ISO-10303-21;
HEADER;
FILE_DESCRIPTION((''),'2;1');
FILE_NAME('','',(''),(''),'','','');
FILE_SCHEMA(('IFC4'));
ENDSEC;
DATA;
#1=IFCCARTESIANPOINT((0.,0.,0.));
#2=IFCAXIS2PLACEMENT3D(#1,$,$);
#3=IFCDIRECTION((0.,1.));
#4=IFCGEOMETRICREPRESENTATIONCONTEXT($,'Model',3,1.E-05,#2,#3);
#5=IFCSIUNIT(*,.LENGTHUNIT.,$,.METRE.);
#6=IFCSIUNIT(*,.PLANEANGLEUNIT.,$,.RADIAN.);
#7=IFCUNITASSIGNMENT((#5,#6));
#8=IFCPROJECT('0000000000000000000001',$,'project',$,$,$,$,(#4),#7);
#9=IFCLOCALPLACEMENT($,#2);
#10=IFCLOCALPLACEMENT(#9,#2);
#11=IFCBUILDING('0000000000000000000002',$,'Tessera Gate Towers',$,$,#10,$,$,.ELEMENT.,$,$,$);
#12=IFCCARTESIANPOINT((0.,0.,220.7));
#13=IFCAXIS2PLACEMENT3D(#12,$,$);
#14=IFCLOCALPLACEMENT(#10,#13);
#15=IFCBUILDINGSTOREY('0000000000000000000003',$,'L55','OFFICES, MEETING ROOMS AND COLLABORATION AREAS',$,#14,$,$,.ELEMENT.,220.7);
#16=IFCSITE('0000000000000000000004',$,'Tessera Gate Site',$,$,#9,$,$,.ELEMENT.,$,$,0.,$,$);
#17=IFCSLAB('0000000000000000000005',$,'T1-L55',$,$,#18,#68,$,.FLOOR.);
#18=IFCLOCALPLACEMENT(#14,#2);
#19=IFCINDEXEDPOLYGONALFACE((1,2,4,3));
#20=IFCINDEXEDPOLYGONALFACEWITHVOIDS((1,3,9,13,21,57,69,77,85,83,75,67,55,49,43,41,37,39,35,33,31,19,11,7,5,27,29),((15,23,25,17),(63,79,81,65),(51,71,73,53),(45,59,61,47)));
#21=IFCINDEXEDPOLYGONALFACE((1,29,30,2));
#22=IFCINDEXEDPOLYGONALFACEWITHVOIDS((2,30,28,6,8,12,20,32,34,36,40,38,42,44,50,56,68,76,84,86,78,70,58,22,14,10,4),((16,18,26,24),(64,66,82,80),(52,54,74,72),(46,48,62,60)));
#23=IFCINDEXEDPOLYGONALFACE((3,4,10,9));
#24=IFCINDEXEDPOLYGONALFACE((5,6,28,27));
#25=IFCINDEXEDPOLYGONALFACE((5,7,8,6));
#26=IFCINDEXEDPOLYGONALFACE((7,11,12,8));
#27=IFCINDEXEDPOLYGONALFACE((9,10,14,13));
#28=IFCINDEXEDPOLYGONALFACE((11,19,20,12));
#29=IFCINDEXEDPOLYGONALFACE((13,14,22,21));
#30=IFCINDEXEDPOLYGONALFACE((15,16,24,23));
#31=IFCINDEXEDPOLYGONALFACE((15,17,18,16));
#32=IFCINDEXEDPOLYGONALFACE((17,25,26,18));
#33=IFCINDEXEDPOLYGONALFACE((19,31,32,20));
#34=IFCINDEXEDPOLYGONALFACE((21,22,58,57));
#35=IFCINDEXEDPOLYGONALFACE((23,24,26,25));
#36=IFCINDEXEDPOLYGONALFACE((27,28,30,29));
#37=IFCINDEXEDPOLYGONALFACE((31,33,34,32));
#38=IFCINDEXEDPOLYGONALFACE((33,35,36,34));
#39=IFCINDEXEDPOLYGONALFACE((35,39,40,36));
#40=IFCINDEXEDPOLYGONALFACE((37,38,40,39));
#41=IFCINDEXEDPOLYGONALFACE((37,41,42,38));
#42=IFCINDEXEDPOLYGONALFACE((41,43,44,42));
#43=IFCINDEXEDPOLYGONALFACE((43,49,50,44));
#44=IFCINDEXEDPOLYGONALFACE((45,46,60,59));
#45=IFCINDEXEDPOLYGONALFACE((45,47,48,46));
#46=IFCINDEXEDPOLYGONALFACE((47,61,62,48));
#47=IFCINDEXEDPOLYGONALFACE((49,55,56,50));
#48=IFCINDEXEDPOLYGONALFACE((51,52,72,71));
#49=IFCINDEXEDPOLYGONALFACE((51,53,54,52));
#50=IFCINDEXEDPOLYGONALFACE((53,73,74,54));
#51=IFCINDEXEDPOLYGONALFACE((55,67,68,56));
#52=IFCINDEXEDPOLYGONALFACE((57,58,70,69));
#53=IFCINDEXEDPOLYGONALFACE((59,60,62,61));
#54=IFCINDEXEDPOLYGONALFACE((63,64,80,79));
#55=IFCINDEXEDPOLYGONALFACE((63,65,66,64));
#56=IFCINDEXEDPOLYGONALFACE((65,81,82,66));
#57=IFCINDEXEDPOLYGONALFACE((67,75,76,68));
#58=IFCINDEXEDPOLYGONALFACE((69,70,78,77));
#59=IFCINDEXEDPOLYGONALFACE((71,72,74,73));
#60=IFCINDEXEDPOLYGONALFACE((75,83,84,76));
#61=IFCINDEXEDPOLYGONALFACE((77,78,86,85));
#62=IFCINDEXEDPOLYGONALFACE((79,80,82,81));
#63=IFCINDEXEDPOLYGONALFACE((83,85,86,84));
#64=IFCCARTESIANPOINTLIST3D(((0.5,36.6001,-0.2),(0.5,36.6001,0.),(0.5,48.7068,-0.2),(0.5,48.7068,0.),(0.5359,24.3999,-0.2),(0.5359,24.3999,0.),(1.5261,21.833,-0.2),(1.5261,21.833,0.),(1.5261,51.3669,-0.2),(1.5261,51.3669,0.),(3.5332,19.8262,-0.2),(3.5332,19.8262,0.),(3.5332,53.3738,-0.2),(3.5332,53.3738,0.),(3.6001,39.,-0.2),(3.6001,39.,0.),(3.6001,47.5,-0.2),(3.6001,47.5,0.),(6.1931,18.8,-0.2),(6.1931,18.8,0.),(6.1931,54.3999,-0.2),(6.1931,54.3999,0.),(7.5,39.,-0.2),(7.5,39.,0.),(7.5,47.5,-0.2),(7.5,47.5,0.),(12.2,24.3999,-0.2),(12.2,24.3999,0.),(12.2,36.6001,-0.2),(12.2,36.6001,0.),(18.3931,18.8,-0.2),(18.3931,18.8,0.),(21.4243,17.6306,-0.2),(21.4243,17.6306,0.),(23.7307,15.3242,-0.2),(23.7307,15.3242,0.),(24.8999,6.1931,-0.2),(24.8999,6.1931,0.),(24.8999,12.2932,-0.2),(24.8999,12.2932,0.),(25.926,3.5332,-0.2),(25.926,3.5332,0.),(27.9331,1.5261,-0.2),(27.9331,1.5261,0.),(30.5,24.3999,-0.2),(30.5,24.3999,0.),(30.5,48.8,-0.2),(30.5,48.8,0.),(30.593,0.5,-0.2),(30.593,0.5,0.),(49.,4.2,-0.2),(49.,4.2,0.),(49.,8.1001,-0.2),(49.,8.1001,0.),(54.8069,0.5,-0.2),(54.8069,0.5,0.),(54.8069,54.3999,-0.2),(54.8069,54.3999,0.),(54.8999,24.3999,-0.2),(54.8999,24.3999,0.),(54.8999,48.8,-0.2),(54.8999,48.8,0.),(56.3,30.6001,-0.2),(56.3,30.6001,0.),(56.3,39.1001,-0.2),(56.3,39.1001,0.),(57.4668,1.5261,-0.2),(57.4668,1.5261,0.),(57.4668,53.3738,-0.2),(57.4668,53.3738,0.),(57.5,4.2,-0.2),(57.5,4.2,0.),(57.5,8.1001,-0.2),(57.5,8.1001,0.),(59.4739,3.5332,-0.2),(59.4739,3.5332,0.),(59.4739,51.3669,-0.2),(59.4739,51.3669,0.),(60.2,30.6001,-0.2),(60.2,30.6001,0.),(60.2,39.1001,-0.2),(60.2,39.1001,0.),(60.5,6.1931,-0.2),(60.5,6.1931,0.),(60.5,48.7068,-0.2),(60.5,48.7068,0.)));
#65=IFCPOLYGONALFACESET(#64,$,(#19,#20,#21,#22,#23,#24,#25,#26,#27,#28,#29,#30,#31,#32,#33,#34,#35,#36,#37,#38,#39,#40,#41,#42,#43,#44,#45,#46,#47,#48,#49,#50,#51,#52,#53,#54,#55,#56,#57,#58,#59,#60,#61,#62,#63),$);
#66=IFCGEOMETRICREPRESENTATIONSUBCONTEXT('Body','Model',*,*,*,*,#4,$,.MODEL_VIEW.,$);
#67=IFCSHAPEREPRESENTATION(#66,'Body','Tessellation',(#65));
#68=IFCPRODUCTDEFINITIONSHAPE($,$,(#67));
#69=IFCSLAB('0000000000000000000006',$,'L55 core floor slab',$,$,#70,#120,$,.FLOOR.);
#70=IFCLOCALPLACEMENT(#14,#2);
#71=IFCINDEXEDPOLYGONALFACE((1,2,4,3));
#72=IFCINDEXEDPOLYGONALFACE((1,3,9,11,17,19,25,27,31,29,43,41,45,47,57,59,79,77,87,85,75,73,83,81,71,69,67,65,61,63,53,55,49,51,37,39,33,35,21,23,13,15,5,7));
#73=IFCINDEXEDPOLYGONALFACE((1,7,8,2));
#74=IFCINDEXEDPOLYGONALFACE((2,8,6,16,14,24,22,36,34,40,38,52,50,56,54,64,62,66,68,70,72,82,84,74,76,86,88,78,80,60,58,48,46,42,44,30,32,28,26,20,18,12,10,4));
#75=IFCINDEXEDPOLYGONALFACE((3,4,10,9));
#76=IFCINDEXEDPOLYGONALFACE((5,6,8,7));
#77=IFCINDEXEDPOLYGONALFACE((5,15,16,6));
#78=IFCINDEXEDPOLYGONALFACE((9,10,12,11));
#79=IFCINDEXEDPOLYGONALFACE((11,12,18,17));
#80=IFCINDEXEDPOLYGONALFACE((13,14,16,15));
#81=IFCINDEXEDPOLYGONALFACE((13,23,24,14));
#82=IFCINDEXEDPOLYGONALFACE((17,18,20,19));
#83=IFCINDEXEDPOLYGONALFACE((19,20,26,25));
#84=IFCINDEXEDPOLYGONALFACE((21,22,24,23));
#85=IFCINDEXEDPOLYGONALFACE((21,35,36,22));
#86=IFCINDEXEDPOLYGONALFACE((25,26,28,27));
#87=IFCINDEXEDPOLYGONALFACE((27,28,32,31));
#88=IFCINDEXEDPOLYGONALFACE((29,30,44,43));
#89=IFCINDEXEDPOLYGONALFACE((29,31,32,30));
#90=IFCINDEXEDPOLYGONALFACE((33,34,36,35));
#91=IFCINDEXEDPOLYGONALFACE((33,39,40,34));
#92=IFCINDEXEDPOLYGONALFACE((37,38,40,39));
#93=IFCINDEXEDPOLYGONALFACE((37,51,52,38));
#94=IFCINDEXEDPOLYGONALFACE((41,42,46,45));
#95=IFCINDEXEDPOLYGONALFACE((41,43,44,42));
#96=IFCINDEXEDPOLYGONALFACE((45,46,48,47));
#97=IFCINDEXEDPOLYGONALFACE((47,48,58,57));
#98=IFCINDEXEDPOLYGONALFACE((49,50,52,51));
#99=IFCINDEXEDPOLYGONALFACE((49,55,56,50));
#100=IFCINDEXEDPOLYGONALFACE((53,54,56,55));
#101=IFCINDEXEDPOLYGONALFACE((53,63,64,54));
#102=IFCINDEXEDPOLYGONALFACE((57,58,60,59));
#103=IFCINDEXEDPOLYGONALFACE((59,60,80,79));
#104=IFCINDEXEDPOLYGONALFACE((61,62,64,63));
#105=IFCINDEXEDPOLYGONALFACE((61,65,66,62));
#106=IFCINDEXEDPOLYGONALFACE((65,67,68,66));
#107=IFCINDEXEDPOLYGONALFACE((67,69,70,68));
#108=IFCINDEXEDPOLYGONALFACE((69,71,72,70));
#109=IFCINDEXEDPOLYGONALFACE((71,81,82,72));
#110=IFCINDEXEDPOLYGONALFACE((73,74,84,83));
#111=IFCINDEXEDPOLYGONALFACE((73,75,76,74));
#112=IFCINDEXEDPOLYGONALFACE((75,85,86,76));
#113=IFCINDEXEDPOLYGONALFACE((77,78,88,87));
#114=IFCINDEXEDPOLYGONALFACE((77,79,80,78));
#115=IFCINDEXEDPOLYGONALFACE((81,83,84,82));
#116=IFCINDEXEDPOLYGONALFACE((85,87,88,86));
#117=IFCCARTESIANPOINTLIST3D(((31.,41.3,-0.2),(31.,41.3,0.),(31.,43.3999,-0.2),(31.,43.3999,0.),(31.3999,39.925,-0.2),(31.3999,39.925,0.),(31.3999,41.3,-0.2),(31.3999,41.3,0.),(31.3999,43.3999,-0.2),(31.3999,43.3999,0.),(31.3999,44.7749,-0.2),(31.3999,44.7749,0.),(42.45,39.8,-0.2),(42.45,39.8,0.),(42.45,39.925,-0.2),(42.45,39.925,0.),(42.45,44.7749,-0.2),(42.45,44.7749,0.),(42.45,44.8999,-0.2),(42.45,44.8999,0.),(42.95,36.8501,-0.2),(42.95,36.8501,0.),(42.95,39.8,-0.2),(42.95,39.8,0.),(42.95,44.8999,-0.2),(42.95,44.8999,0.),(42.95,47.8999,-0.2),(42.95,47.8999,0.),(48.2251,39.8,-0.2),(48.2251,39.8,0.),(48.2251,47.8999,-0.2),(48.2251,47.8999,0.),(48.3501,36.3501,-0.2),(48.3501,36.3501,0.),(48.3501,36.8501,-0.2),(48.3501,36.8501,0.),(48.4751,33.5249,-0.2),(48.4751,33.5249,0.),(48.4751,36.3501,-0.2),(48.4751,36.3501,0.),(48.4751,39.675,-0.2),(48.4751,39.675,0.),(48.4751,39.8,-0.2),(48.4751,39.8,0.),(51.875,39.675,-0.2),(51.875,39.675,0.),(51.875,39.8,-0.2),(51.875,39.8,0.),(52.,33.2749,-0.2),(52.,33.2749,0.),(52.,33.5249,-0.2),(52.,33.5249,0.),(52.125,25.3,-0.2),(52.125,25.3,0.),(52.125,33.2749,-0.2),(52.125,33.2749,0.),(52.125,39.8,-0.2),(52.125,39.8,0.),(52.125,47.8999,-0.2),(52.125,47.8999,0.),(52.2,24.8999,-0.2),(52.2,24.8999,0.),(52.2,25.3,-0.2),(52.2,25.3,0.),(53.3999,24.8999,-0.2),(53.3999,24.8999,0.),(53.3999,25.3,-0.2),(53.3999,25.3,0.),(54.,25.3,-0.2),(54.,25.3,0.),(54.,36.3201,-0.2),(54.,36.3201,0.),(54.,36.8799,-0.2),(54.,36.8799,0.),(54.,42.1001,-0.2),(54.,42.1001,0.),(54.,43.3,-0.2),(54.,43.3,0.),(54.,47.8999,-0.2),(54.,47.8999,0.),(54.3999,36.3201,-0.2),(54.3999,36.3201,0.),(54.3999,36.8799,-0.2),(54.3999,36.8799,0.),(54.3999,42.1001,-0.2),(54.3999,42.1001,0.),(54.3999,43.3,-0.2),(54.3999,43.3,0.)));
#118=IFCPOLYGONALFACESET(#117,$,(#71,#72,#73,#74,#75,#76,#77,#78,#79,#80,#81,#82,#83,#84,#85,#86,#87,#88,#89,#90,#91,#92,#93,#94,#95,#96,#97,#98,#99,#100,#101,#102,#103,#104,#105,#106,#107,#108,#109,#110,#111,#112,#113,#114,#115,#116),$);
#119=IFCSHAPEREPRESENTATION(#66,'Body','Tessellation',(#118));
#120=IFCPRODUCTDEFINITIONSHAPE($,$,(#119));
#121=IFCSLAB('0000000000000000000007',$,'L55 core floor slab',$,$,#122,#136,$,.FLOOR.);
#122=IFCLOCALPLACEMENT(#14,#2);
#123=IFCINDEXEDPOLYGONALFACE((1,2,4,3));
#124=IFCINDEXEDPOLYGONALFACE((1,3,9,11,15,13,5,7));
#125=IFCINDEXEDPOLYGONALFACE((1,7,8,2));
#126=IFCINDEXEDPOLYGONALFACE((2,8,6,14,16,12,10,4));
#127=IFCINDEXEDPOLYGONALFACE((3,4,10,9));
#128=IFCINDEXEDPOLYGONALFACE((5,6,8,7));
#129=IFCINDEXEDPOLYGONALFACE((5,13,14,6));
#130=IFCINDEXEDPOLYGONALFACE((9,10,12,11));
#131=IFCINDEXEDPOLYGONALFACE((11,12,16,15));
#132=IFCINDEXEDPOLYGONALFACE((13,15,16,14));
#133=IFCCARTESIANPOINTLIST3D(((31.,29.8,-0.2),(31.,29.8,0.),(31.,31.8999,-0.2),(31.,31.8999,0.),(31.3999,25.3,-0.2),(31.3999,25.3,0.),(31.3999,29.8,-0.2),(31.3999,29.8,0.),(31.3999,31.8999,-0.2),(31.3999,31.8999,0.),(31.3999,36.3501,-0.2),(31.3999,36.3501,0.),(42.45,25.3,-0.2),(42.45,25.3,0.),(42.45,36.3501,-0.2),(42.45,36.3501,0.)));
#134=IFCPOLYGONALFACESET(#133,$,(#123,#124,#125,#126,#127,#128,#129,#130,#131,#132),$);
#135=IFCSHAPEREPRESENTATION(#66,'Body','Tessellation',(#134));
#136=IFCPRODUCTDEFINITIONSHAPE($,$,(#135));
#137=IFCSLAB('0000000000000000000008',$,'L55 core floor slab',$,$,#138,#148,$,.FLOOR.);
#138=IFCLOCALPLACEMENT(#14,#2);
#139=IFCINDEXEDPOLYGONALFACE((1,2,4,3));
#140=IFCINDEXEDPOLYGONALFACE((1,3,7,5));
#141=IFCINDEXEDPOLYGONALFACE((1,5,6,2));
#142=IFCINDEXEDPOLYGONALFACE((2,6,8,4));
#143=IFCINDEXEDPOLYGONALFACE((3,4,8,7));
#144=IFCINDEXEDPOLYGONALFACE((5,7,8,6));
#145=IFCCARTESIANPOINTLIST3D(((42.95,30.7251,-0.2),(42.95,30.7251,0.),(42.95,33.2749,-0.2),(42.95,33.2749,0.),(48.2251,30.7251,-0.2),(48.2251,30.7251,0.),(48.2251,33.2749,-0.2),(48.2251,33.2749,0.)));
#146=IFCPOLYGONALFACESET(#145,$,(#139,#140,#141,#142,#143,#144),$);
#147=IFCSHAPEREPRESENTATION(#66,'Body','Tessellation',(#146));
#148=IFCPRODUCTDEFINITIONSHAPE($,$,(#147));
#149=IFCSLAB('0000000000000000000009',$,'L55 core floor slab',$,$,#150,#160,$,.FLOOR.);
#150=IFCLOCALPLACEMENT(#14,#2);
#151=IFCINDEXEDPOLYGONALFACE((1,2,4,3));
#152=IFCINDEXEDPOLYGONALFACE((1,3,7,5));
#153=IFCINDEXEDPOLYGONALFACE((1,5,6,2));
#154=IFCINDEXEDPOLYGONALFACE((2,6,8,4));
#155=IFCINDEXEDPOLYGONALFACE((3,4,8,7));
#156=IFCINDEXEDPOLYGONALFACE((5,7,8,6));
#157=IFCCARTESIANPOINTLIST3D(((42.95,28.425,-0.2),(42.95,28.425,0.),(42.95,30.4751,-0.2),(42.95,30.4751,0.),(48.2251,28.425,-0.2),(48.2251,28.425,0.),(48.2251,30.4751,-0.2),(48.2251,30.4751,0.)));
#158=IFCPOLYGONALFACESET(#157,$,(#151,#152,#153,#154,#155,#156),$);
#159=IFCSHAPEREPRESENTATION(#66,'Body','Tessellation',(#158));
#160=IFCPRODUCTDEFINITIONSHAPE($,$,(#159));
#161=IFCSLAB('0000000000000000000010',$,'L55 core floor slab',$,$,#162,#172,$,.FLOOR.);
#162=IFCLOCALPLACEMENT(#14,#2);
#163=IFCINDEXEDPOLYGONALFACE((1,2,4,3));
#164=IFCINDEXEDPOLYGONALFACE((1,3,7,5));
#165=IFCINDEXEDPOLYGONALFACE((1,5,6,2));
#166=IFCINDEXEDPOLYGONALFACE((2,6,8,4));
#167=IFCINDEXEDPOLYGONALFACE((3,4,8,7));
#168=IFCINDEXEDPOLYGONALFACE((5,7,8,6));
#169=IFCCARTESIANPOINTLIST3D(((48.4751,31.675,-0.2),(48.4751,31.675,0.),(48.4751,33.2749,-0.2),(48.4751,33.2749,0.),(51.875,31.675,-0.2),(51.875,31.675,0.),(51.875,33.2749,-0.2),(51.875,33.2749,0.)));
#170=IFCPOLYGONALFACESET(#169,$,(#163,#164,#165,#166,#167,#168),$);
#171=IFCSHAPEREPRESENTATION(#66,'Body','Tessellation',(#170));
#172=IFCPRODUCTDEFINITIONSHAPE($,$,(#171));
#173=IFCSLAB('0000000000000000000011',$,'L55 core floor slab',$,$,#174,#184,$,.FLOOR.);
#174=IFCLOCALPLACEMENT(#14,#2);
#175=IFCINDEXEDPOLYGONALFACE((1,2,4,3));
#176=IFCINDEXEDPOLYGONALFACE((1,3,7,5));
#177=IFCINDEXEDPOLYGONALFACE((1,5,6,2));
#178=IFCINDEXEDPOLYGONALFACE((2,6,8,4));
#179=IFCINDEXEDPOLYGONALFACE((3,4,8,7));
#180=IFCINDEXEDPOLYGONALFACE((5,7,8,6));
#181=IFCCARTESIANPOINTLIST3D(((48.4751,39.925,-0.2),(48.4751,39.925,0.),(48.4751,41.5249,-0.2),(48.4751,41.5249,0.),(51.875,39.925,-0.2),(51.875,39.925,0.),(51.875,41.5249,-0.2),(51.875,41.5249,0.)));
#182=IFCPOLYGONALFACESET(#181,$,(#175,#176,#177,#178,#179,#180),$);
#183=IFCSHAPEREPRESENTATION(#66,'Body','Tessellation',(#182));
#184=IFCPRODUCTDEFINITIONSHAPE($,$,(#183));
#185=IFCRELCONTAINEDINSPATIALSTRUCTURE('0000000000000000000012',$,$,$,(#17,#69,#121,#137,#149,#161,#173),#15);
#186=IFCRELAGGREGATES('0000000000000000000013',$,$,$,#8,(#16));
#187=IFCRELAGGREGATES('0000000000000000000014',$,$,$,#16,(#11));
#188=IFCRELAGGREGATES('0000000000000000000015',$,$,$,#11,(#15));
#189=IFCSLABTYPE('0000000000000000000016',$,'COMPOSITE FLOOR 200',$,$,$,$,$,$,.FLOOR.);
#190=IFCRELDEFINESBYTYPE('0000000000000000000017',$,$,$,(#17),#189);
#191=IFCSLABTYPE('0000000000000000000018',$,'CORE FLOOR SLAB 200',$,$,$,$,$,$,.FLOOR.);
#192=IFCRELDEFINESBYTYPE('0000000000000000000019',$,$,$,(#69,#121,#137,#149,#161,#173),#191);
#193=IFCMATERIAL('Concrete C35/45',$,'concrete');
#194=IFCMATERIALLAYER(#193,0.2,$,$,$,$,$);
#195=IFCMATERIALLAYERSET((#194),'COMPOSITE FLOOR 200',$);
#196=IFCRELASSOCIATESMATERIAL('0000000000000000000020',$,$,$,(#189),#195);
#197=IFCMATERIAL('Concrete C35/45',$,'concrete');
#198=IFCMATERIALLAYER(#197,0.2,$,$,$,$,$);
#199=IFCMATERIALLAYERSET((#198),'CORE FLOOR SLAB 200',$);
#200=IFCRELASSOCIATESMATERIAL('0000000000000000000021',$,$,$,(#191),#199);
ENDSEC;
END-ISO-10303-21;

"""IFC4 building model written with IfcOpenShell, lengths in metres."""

from ifc_helpers import new_model, si_unit, direction, frame, origin, place, context, subcontext, project, spatial, polyline, outline, extrude, material, layer, layer_set, type_object, element, save


model = new_model("IFC4")

# Units and contexts
model_context = context("Model", 3, precision=1e-05, world=origin(), true_north=direction((0.0, 1.0)))
body_context = subcontext(model_context, "Body", "Model", "MODEL_VIEW")
ifc_project = project(units=[si_unit("LENGTHUNIT", "METRE"), si_unit("PLANEANGLEUNIT", "RADIAN")], contexts=[model_context])

# Site, building, storey
site_placement = place(None, origin())
site = spatial("IfcSite", under=ifc_project, at=site_placement, Name="Tessera Gate Site", CompositionType="ELEMENT", RefElevation=0.0)
building_placement = place(site_placement, origin())
building = spatial("IfcBuilding", under=site, at=building_placement, Name="Tessera Gate Towers", CompositionType="ELEMENT")
storey_placement = place(building_placement, frame((0.0, 0.0, 220.7)))
storey = spatial("IfcBuildingStorey", under=building, at=storey_placement, Name="L55", Description="OFFICES, MEETING ROOMS AND COLLABORATION AREAS", CompositionType="ELEMENT", Elevation=220.7)

# Slabs
ifc_material_1 = material(Name="Concrete C35/45", Category="concrete")
ifc_layer_1 = layer(ifc_material_1, 0.2)
ifc_layer_set_1 = layer_set([ifc_layer_1], Name="COMPOSITE FLOOR 200")
slab_type_1 = type_object("IfcSlabType", Name="COMPOSITE FLOOR 200", PredefinedType="FLOOR", material=ifc_layer_set_1)
slab_1_placement = place(storey_placement, frame((0.0, 0.0, -0.2)))
element("IfcSlab", 1, at=slab_1_placement, inside=storey, type_object=slab_type_1, Name="T1-L55", PredefinedType="FLOOR", context=body_context, shape_type="SweptSolid", body=[
    extrude(outline(polyline([(0.5, 36.6001), (12.2, 36.6001), (12.2, 24.3999), (0.5359, 24.3999), (1.5261, 21.833), (3.5332, 19.8262), (6.1931, 18.8), (18.3931, 18.8), (21.4243, 17.6306), (23.7307, 15.3242), (24.8999, 12.2932), (24.8999, 6.1931), (25.926, 3.5332), (27.9331, 1.5261), (30.593, 0.5), (54.8069, 0.5), (57.4668, 1.5261), (59.4739, 3.5332), (60.5, 6.1931), (60.5, 48.7068), (59.4739, 51.3669), (57.4668, 53.3738), (54.8069, 54.3999), (6.1931, 54.3999), (3.5332, 53.3738), (1.5261, 51.3669), (0.5, 48.7068), (0.5, 36.6001)]), holes=[polyline([(3.6001, 39.0), (3.6001, 47.5), (7.5, 47.5), (7.5, 39.0), (3.6001, 39.0)]), polyline([(30.5, 24.3999), (30.5, 48.8), (54.8999, 48.8), (54.8999, 24.3999), (30.5, 24.3999)]), polyline([(49.0, 4.2), (49.0, 8.1001), (57.5, 8.1001), (57.5, 4.2), (49.0, 4.2)]), polyline([(56.3, 30.6001), (56.3, 39.1001), (60.2, 39.1001), (60.2, 30.6001), (56.3, 30.6001)])]), origin(), (0.0, 0.0, 1.0), 0.2),
])
ifc_material_2 = material(Name="Concrete C35/45", Category="concrete")
ifc_layer_2 = layer(ifc_material_2, 0.2)
ifc_layer_set_2 = layer_set([ifc_layer_2], Name="CORE FLOOR SLAB 200")
slab_type_2 = type_object("IfcSlabType", Name="CORE FLOOR SLAB 200", PredefinedType="FLOOR", material=ifc_layer_set_2)
slab_2_placement = place(storey_placement, frame((0.0, 0.0, -0.2)))
element("IfcSlab", 2, at=slab_2_placement, inside=storey, type_object=slab_type_2, Name="L55 core floor slab", PredefinedType="FLOOR", context=body_context, shape_type="SweptSolid", body=[
    extrude(outline(polyline([(42.45, 44.8999), (42.45, 44.7749), (31.3999, 44.7749), (31.3999, 43.3999), (31.0, 43.3999), (31.0, 41.3), (31.3999, 41.3), (31.3999, 39.925), (42.45, 39.925), (42.45, 39.8), (42.95, 39.8), (42.95, 36.8501), (48.3501, 36.8501), (48.3501, 36.3501), (48.4751, 36.3501), (48.4751, 33.5249), (52.0, 33.5249), (52.0, 33.2749), (52.125, 33.2749), (52.125, 25.3), (52.2, 25.3), (52.2, 24.8999), (53.3999, 24.8999), (53.3999, 25.3), (54.0, 25.3), (54.0, 36.3201), (54.3999, 36.3201), (54.3999, 36.8799), (54.0, 36.8799), (54.0, 42.1001), (54.3999, 42.1001), (54.3999, 43.3), (54.0, 43.3), (54.0, 47.8999), (52.125, 47.8999), (52.125, 39.8), (51.875, 39.8), (51.875, 39.675), (48.4751, 39.675), (48.4751, 39.8), (48.2251, 39.8), (48.2251, 47.8999), (42.95, 47.8999), (42.95, 44.8999), (42.45, 44.8999)])), origin(), (0.0, 0.0, 1.0), 0.2),
])
slab_3_placement = place(storey_placement, frame((0.0, 0.0, -0.2)))
element("IfcSlab", 3, at=slab_3_placement, inside=storey, type_object=slab_type_2, Name="L55 core floor slab", PredefinedType="FLOOR", context=body_context, shape_type="SweptSolid", body=[
    extrude(outline(polyline([(31.3999, 36.3501), (31.3999, 31.8999), (31.0, 31.8999), (31.0, 29.8), (31.3999, 29.8), (31.3999, 25.3), (42.45, 25.3), (42.45, 36.3501), (31.3999, 36.3501)])), origin(), (0.0, 0.0, 1.0), 0.2),
])
slab_4_placement = place(storey_placement, frame((0.0, 0.0, -0.2)))
element("IfcSlab", 4, at=slab_4_placement, inside=storey, type_object=slab_type_2, Name="L55 core floor slab", PredefinedType="FLOOR", context=body_context, shape_type="SweptSolid", body=[
    extrude(outline(polyline([(42.95, 33.2749), (42.95, 30.7251), (48.2251, 30.7251), (48.2251, 33.2749), (42.95, 33.2749)])), origin(), (0.0, 0.0, 1.0), 0.2),
])
slab_5_placement = place(storey_placement, frame((0.0, 0.0, -0.2)))
element("IfcSlab", 5, at=slab_5_placement, inside=storey, type_object=slab_type_2, Name="L55 core floor slab", PredefinedType="FLOOR", context=body_context, shape_type="SweptSolid", body=[
    extrude(outline(polyline([(48.2251, 30.4751), (42.95, 30.4751), (42.95, 28.425), (48.2251, 28.425), (48.2251, 30.4751)])), origin(), (0.0, 0.0, 1.0), 0.2),
])
slab_6_placement = place(storey_placement, frame((0.0, 0.0, -0.2)))
element("IfcSlab", 6, at=slab_6_placement, inside=storey, type_object=slab_type_2, Name="L55 core floor slab", PredefinedType="FLOOR", context=body_context, shape_type="SweptSolid", body=[
    extrude(outline(polyline([(51.875, 31.675), (51.875, 33.2749), (48.4751, 33.2749), (48.4751, 31.675), (51.875, 31.675)])), origin(), (0.0, 0.0, 1.0), 0.2),
])
slab_7_placement = place(storey_placement, frame((0.0, 0.0, -0.2)))
element("IfcSlab", 7, at=slab_7_placement, inside=storey, type_object=slab_type_2, Name="L55 core floor slab", PredefinedType="FLOOR", context=body_context, shape_type="SweptSolid", body=[
    extrude(outline(polyline([(48.4751, 41.5249), (48.4751, 39.925), (51.875, 39.925), (51.875, 41.5249), (48.4751, 41.5249)])), origin(), (0.0, 0.0, 1.0), 0.2),
])

save(model, "model.ifc")
